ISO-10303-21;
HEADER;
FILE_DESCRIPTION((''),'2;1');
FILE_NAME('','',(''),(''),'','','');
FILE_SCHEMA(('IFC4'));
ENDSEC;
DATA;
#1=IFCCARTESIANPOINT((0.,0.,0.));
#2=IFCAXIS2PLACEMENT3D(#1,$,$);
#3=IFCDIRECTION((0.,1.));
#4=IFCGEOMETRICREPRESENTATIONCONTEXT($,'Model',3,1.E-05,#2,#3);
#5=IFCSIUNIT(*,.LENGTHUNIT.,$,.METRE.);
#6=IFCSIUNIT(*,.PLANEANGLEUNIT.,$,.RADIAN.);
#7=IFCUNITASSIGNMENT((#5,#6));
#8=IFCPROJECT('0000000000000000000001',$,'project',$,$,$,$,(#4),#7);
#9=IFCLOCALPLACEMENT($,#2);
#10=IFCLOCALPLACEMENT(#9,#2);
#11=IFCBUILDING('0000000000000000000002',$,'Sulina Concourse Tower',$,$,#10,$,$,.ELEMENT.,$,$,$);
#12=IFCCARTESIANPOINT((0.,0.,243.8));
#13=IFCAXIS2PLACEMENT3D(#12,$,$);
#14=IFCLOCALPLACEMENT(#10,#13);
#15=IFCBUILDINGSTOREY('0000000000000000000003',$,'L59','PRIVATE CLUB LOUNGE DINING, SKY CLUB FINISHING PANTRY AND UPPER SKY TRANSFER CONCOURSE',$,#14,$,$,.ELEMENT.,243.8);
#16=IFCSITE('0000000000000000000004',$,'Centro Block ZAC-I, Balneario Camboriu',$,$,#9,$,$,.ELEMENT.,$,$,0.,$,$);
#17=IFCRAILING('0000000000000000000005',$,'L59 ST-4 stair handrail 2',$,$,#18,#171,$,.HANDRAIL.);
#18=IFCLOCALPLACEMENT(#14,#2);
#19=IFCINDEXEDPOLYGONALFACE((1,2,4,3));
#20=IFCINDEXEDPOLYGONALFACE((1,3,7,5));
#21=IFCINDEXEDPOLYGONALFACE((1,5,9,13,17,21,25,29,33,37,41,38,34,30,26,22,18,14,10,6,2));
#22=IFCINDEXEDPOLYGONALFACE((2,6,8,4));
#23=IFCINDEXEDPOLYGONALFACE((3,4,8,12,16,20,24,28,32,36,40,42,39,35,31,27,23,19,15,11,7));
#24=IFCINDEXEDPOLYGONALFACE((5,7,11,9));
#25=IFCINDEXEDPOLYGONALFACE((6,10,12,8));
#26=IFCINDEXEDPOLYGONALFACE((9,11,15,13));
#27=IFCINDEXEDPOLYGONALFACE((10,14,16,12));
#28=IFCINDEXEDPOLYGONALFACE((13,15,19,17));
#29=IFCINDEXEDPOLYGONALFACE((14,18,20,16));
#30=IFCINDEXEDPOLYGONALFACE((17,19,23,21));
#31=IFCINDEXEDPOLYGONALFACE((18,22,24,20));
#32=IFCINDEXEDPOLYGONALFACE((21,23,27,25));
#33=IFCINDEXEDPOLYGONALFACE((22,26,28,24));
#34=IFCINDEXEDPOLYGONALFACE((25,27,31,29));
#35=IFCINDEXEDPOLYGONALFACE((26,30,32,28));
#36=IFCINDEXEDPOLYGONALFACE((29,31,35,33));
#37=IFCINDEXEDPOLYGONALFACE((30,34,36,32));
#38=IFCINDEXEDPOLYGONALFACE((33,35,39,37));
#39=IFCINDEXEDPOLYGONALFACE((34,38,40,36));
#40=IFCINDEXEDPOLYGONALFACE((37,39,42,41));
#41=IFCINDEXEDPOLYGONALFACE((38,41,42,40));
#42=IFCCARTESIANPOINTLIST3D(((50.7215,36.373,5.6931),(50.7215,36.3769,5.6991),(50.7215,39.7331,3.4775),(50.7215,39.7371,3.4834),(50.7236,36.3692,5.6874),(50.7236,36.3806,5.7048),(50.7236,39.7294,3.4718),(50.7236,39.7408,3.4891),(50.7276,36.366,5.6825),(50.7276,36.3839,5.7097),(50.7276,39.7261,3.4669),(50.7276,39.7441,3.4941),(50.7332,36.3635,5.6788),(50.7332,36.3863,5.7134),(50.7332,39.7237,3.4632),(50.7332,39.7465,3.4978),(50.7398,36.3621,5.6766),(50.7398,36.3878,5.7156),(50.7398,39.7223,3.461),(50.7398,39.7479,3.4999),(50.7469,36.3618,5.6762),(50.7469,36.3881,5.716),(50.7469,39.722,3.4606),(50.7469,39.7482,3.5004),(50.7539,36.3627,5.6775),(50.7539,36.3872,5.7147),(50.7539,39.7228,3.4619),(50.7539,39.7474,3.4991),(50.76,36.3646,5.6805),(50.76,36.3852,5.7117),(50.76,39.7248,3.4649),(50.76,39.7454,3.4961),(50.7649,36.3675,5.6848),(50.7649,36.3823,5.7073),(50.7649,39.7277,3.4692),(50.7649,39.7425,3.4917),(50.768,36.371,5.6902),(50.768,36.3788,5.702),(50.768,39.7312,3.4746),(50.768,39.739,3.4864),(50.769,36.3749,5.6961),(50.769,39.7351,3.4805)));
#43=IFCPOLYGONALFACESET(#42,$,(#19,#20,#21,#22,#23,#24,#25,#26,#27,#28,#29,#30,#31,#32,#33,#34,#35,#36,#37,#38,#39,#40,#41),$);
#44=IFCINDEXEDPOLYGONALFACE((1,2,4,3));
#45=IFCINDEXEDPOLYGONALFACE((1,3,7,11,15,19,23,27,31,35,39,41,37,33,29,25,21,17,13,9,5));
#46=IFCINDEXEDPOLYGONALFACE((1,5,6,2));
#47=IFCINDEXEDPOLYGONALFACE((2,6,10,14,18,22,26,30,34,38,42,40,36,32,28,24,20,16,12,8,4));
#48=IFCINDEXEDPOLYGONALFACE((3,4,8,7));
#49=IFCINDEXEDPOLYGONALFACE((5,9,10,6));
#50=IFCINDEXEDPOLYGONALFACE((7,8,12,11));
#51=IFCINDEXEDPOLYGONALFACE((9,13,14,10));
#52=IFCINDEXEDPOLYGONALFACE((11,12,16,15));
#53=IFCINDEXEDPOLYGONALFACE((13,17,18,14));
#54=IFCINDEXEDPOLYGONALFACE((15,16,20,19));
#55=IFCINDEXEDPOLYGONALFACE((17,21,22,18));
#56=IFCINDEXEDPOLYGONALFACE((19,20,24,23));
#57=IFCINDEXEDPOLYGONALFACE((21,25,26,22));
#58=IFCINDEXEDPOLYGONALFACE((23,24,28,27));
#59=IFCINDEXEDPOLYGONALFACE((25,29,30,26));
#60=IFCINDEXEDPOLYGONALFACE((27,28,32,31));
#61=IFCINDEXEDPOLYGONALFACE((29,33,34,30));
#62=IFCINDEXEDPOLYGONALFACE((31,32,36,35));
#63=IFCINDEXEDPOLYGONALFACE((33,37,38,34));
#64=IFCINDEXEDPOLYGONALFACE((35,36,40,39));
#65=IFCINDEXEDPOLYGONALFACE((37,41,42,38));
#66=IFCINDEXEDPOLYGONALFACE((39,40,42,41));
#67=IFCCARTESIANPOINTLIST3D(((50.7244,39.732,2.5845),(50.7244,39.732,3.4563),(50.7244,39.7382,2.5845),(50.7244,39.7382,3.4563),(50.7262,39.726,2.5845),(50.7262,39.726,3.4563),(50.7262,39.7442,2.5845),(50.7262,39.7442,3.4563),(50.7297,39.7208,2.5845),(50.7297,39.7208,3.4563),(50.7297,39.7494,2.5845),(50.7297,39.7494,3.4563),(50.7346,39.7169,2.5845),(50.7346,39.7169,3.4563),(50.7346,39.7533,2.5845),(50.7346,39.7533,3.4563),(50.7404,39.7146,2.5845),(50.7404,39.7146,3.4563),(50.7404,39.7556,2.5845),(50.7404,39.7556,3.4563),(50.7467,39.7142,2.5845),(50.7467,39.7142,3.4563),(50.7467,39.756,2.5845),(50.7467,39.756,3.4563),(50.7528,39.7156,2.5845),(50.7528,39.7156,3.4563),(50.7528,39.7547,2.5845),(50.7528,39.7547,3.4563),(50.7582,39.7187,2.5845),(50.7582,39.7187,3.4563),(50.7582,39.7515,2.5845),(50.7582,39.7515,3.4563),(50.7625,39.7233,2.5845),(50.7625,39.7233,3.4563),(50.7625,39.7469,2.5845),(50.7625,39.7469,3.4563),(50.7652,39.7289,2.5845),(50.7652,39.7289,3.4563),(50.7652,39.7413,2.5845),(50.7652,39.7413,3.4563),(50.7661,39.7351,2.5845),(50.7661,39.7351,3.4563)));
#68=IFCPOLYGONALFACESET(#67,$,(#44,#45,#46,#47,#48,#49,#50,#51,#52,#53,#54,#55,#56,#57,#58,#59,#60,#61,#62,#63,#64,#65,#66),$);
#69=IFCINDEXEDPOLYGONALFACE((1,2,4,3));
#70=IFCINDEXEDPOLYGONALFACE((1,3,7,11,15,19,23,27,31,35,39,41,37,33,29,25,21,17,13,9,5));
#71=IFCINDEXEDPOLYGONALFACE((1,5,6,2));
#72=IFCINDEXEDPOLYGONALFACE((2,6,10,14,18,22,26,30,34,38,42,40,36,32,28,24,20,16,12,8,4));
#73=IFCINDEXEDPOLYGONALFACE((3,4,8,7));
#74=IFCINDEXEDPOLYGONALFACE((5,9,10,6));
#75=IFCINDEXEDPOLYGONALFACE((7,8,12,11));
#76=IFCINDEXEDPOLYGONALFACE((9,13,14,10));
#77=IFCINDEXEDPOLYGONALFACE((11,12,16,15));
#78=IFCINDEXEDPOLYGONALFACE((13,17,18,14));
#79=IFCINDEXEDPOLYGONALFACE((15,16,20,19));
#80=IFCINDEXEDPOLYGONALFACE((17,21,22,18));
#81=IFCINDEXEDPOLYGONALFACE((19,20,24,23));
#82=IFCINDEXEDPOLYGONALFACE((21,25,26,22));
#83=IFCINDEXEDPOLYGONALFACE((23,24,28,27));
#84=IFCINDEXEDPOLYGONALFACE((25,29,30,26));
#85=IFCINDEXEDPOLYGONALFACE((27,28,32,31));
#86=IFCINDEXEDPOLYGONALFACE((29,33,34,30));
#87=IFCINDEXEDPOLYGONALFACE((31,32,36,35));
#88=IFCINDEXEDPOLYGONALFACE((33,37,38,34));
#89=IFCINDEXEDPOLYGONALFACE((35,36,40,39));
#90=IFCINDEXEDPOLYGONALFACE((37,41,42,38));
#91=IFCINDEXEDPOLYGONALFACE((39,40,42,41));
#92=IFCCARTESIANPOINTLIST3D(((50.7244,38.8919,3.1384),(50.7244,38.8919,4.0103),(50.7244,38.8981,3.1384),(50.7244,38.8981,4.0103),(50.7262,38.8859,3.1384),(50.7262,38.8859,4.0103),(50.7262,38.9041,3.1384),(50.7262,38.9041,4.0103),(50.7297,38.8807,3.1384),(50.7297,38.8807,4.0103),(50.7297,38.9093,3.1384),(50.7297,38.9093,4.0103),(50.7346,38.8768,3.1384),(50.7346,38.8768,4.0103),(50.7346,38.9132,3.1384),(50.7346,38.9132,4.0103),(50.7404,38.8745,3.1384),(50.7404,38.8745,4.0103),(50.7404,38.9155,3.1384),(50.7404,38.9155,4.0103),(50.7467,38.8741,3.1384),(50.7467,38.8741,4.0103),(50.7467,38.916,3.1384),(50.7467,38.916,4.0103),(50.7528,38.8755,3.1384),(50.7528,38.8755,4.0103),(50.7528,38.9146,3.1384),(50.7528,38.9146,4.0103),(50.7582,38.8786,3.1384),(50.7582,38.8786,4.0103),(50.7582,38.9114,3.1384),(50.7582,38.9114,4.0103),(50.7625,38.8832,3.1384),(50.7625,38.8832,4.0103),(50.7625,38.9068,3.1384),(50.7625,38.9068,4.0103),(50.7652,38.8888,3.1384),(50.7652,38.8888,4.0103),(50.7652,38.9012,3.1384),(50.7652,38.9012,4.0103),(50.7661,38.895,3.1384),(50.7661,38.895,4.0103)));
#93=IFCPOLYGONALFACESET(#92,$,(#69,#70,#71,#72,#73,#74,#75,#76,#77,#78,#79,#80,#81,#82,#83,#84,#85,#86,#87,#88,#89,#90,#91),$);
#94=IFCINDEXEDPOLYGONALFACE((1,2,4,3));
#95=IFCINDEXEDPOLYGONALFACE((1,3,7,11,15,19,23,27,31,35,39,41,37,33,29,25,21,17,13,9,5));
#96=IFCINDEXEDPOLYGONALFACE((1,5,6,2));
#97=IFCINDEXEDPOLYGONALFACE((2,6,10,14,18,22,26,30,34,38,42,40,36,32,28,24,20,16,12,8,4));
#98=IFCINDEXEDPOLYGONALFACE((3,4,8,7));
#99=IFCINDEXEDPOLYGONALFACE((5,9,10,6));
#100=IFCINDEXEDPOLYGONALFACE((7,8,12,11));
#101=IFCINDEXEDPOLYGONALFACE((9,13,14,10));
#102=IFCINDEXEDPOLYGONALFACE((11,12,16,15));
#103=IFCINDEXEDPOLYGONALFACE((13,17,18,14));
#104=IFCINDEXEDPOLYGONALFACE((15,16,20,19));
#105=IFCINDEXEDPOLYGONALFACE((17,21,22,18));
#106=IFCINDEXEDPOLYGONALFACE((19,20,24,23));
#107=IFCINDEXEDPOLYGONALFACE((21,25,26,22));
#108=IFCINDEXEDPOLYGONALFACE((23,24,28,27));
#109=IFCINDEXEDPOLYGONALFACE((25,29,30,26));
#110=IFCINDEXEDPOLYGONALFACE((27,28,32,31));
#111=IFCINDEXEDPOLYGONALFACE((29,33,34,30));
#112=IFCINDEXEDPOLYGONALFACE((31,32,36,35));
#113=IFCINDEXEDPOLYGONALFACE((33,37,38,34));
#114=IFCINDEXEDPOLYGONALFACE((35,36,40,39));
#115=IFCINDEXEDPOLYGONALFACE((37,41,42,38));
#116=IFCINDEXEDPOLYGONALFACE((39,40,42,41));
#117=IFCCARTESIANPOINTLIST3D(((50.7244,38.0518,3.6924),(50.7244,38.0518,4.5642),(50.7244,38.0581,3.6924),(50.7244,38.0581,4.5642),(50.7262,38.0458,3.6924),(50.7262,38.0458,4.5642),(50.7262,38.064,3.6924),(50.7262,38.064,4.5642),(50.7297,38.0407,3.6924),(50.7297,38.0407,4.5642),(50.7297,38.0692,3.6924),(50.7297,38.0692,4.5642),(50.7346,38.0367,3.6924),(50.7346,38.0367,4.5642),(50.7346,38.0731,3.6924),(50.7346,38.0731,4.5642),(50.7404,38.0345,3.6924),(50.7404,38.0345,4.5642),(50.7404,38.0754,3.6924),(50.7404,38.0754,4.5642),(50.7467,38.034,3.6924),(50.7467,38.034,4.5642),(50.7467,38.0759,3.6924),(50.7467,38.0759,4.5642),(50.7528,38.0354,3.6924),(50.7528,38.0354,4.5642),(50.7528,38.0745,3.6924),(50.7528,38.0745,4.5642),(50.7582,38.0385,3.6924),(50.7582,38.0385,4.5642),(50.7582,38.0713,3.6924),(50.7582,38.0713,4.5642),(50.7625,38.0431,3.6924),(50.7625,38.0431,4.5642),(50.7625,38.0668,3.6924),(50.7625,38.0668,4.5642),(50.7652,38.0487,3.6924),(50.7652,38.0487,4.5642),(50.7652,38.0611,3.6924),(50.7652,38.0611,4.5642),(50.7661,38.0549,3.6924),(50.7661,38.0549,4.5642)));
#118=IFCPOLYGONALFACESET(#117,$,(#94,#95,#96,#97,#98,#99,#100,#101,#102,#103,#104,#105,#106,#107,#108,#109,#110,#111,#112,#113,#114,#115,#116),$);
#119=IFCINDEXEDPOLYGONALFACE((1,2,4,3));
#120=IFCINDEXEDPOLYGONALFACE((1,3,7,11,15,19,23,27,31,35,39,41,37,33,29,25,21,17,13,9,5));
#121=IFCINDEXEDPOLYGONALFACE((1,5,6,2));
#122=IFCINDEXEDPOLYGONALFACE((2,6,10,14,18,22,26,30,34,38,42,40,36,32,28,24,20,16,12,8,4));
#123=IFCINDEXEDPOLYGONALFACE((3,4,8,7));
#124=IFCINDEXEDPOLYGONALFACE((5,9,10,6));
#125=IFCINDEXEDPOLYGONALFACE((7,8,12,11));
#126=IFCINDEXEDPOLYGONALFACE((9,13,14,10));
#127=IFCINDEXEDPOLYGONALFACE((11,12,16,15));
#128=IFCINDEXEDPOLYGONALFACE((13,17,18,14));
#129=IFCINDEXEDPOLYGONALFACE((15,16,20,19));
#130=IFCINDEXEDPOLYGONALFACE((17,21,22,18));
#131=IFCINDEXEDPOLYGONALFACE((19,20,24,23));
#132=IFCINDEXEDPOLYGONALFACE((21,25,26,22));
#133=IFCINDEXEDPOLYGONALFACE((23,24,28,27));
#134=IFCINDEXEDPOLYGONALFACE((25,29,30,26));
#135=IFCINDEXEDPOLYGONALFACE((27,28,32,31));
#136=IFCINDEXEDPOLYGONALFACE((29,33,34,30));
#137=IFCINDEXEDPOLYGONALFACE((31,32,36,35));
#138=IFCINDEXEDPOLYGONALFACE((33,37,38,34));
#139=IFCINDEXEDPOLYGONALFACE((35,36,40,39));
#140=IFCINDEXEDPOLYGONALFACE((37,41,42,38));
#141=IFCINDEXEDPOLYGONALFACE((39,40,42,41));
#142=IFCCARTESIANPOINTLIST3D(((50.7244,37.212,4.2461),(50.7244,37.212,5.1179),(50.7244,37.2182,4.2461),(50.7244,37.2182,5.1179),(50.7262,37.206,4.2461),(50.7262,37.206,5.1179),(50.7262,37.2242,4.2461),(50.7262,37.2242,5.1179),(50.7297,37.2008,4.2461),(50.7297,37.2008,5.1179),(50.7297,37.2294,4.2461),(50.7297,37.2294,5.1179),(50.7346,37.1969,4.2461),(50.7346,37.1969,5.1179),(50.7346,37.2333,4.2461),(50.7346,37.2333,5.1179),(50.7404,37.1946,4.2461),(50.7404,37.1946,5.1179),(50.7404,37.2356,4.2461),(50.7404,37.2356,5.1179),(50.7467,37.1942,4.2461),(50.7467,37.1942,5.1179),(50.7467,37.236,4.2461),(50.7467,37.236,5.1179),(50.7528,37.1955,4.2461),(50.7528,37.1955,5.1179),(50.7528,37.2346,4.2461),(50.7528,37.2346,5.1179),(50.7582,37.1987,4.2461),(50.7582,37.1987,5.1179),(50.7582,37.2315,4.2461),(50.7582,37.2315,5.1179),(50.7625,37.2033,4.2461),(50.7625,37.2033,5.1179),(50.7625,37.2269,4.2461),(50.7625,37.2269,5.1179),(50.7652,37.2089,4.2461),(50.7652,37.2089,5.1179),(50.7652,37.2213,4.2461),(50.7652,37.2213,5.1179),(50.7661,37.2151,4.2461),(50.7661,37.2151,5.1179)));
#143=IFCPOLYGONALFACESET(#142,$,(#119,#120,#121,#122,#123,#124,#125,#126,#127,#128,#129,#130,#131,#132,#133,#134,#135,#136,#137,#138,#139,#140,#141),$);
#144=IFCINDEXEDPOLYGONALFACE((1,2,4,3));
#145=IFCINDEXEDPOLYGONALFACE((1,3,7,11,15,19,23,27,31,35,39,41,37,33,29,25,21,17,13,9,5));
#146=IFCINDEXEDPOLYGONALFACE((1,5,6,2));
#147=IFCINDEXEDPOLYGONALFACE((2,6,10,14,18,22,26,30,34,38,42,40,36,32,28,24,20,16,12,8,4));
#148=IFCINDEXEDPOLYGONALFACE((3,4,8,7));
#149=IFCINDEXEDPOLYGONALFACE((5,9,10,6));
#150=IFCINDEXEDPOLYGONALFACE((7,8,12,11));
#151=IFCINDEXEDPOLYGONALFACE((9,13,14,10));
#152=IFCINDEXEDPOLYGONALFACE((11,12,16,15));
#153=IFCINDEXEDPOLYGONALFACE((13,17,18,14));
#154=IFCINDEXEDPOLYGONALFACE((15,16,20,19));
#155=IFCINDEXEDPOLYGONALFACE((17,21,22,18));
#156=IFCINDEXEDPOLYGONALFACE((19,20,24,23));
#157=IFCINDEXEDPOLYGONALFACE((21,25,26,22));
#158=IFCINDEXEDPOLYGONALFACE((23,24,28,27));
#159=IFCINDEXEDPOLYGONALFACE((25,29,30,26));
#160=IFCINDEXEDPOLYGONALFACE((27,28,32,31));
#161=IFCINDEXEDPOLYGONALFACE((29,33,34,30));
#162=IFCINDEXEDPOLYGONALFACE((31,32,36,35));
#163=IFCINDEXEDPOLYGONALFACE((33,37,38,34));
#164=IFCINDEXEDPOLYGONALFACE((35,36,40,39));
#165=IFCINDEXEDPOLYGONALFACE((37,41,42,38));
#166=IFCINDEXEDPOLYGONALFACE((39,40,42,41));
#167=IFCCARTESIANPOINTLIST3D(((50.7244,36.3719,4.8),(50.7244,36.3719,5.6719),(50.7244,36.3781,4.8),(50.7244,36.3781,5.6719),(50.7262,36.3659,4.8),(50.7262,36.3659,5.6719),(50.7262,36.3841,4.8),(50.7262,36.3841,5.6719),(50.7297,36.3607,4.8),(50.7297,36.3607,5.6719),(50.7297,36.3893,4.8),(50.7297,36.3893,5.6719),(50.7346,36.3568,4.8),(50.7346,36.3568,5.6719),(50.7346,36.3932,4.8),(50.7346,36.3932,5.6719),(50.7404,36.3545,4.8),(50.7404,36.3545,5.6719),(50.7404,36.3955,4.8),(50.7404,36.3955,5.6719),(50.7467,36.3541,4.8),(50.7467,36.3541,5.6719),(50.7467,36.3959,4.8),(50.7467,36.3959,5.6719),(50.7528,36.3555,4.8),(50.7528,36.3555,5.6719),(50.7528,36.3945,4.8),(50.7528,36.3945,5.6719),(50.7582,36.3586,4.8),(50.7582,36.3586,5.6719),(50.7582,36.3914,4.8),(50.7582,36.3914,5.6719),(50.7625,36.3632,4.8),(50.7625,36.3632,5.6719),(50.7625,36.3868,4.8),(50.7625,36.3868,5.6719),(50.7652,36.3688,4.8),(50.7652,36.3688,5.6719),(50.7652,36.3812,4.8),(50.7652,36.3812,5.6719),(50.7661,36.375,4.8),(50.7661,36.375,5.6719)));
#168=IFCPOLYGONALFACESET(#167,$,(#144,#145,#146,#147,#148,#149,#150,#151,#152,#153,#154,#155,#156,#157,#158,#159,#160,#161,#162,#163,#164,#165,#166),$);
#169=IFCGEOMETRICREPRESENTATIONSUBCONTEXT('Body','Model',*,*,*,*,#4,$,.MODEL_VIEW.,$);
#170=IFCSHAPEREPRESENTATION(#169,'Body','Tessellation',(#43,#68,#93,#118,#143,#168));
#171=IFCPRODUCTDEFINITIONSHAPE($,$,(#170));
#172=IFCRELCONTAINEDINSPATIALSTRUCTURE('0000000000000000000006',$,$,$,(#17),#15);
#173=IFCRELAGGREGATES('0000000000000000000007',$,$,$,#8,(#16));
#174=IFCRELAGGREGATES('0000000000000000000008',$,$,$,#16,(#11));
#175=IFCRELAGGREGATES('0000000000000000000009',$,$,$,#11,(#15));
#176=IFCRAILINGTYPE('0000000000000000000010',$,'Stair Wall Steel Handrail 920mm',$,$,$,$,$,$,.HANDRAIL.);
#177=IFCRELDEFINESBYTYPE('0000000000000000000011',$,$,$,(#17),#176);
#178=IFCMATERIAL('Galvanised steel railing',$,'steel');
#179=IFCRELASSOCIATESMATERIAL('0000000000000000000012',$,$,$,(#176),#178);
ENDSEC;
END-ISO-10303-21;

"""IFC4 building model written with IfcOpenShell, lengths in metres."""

from ifc_helpers import new_model, si_unit, direction, frame, origin, origin_2d, place, context, subcontext, project, spatial, circle, extrude, material, type_object, element, save


model = new_model("IFC4")

# Units and contexts
model_context = context("Model", 3, precision=1e-05, world=origin(), true_north=direction((0.0, 1.0)))
body_context = subcontext(model_context, "Body", "Model", "MODEL_VIEW")
ifc_project = project(units=[si_unit("LENGTHUNIT", "METRE"), si_unit("PLANEANGLEUNIT", "RADIAN")], contexts=[model_context])

# Site, building, storey
site_placement = place(None, origin())
site = spatial("IfcSite", under=ifc_project, at=site_placement, Name="Centro Block ZAC-I, Balneario Camboriu", CompositionType="ELEMENT", RefElevation=0.0)
building_placement = place(site_placement, origin())
building = spatial("IfcBuilding", under=site, at=building_placement, Name="Sulina Concourse Tower", CompositionType="ELEMENT")
storey_placement = place(building_placement, frame((0.0, 0.0, 243.8)))
storey = spatial("IfcBuildingStorey", under=building, at=storey_placement, Name="L59", Description="PRIVATE CLUB LOUNGE DINING, SKY CLUB FINISHING PANTRY AND UPPER SKY TRANSFER CONCOURSE", CompositionType="ELEMENT", Elevation=243.8)

# Railing
ifc_material_1 = material(Name="Galvanised steel railing", Category="steel")
railing_type_1 = type_object("IfcRailingType", Name="Stair Wall Steel Handrail 920mm", PredefinedType="HANDRAIL", material=ifc_material_1)
railing_1_placement = place(storey_placement, frame((50.7451, 39.7351, 2.5845)))
element("IfcRailing", 1, at=railing_1_placement, inside=storey, type_object=railing_type_1, Name="L59 ST-4 stair handrail 2", PredefinedType="HANDRAIL", context=body_context, shape_type="SweptSolid", body=[
    extrude(circle(Radius=0.0239, at=origin_2d()), frame((0.0, 0.0, 0.896), z_axis=(0.0, -0.834849, 0.55048), x_axis=(1.0, 0.0, 0.0)), (0.0, 0.0, 1.0), 4.0249),
    extrude(circle(Radius=0.021, at=origin_2d()), origin(), (0.0, 0.0, 1.0), 0.8718),
    extrude(circle(Radius=0.021, at=origin_2d()), frame((0.0, -0.8401, 0.554)), (0.0, 0.0, 1.0), 0.8718),
    extrude(circle(Radius=0.021, at=origin_2d()), frame((0.0, -1.6802, 1.1079)), (0.0, 0.0, 1.0), 0.8718),
    extrude(circle(Radius=0.021, at=origin_2d()), frame((0.0, -2.52, 1.6616)), (0.0, 0.0, 1.0), 0.8718),
    extrude(circle(Radius=0.021, at=origin_2d()), frame((0.0, -3.3601, 2.2156)), (0.0, 0.0, 1.0), 0.8718),
])

save(model, "model.ifc")
